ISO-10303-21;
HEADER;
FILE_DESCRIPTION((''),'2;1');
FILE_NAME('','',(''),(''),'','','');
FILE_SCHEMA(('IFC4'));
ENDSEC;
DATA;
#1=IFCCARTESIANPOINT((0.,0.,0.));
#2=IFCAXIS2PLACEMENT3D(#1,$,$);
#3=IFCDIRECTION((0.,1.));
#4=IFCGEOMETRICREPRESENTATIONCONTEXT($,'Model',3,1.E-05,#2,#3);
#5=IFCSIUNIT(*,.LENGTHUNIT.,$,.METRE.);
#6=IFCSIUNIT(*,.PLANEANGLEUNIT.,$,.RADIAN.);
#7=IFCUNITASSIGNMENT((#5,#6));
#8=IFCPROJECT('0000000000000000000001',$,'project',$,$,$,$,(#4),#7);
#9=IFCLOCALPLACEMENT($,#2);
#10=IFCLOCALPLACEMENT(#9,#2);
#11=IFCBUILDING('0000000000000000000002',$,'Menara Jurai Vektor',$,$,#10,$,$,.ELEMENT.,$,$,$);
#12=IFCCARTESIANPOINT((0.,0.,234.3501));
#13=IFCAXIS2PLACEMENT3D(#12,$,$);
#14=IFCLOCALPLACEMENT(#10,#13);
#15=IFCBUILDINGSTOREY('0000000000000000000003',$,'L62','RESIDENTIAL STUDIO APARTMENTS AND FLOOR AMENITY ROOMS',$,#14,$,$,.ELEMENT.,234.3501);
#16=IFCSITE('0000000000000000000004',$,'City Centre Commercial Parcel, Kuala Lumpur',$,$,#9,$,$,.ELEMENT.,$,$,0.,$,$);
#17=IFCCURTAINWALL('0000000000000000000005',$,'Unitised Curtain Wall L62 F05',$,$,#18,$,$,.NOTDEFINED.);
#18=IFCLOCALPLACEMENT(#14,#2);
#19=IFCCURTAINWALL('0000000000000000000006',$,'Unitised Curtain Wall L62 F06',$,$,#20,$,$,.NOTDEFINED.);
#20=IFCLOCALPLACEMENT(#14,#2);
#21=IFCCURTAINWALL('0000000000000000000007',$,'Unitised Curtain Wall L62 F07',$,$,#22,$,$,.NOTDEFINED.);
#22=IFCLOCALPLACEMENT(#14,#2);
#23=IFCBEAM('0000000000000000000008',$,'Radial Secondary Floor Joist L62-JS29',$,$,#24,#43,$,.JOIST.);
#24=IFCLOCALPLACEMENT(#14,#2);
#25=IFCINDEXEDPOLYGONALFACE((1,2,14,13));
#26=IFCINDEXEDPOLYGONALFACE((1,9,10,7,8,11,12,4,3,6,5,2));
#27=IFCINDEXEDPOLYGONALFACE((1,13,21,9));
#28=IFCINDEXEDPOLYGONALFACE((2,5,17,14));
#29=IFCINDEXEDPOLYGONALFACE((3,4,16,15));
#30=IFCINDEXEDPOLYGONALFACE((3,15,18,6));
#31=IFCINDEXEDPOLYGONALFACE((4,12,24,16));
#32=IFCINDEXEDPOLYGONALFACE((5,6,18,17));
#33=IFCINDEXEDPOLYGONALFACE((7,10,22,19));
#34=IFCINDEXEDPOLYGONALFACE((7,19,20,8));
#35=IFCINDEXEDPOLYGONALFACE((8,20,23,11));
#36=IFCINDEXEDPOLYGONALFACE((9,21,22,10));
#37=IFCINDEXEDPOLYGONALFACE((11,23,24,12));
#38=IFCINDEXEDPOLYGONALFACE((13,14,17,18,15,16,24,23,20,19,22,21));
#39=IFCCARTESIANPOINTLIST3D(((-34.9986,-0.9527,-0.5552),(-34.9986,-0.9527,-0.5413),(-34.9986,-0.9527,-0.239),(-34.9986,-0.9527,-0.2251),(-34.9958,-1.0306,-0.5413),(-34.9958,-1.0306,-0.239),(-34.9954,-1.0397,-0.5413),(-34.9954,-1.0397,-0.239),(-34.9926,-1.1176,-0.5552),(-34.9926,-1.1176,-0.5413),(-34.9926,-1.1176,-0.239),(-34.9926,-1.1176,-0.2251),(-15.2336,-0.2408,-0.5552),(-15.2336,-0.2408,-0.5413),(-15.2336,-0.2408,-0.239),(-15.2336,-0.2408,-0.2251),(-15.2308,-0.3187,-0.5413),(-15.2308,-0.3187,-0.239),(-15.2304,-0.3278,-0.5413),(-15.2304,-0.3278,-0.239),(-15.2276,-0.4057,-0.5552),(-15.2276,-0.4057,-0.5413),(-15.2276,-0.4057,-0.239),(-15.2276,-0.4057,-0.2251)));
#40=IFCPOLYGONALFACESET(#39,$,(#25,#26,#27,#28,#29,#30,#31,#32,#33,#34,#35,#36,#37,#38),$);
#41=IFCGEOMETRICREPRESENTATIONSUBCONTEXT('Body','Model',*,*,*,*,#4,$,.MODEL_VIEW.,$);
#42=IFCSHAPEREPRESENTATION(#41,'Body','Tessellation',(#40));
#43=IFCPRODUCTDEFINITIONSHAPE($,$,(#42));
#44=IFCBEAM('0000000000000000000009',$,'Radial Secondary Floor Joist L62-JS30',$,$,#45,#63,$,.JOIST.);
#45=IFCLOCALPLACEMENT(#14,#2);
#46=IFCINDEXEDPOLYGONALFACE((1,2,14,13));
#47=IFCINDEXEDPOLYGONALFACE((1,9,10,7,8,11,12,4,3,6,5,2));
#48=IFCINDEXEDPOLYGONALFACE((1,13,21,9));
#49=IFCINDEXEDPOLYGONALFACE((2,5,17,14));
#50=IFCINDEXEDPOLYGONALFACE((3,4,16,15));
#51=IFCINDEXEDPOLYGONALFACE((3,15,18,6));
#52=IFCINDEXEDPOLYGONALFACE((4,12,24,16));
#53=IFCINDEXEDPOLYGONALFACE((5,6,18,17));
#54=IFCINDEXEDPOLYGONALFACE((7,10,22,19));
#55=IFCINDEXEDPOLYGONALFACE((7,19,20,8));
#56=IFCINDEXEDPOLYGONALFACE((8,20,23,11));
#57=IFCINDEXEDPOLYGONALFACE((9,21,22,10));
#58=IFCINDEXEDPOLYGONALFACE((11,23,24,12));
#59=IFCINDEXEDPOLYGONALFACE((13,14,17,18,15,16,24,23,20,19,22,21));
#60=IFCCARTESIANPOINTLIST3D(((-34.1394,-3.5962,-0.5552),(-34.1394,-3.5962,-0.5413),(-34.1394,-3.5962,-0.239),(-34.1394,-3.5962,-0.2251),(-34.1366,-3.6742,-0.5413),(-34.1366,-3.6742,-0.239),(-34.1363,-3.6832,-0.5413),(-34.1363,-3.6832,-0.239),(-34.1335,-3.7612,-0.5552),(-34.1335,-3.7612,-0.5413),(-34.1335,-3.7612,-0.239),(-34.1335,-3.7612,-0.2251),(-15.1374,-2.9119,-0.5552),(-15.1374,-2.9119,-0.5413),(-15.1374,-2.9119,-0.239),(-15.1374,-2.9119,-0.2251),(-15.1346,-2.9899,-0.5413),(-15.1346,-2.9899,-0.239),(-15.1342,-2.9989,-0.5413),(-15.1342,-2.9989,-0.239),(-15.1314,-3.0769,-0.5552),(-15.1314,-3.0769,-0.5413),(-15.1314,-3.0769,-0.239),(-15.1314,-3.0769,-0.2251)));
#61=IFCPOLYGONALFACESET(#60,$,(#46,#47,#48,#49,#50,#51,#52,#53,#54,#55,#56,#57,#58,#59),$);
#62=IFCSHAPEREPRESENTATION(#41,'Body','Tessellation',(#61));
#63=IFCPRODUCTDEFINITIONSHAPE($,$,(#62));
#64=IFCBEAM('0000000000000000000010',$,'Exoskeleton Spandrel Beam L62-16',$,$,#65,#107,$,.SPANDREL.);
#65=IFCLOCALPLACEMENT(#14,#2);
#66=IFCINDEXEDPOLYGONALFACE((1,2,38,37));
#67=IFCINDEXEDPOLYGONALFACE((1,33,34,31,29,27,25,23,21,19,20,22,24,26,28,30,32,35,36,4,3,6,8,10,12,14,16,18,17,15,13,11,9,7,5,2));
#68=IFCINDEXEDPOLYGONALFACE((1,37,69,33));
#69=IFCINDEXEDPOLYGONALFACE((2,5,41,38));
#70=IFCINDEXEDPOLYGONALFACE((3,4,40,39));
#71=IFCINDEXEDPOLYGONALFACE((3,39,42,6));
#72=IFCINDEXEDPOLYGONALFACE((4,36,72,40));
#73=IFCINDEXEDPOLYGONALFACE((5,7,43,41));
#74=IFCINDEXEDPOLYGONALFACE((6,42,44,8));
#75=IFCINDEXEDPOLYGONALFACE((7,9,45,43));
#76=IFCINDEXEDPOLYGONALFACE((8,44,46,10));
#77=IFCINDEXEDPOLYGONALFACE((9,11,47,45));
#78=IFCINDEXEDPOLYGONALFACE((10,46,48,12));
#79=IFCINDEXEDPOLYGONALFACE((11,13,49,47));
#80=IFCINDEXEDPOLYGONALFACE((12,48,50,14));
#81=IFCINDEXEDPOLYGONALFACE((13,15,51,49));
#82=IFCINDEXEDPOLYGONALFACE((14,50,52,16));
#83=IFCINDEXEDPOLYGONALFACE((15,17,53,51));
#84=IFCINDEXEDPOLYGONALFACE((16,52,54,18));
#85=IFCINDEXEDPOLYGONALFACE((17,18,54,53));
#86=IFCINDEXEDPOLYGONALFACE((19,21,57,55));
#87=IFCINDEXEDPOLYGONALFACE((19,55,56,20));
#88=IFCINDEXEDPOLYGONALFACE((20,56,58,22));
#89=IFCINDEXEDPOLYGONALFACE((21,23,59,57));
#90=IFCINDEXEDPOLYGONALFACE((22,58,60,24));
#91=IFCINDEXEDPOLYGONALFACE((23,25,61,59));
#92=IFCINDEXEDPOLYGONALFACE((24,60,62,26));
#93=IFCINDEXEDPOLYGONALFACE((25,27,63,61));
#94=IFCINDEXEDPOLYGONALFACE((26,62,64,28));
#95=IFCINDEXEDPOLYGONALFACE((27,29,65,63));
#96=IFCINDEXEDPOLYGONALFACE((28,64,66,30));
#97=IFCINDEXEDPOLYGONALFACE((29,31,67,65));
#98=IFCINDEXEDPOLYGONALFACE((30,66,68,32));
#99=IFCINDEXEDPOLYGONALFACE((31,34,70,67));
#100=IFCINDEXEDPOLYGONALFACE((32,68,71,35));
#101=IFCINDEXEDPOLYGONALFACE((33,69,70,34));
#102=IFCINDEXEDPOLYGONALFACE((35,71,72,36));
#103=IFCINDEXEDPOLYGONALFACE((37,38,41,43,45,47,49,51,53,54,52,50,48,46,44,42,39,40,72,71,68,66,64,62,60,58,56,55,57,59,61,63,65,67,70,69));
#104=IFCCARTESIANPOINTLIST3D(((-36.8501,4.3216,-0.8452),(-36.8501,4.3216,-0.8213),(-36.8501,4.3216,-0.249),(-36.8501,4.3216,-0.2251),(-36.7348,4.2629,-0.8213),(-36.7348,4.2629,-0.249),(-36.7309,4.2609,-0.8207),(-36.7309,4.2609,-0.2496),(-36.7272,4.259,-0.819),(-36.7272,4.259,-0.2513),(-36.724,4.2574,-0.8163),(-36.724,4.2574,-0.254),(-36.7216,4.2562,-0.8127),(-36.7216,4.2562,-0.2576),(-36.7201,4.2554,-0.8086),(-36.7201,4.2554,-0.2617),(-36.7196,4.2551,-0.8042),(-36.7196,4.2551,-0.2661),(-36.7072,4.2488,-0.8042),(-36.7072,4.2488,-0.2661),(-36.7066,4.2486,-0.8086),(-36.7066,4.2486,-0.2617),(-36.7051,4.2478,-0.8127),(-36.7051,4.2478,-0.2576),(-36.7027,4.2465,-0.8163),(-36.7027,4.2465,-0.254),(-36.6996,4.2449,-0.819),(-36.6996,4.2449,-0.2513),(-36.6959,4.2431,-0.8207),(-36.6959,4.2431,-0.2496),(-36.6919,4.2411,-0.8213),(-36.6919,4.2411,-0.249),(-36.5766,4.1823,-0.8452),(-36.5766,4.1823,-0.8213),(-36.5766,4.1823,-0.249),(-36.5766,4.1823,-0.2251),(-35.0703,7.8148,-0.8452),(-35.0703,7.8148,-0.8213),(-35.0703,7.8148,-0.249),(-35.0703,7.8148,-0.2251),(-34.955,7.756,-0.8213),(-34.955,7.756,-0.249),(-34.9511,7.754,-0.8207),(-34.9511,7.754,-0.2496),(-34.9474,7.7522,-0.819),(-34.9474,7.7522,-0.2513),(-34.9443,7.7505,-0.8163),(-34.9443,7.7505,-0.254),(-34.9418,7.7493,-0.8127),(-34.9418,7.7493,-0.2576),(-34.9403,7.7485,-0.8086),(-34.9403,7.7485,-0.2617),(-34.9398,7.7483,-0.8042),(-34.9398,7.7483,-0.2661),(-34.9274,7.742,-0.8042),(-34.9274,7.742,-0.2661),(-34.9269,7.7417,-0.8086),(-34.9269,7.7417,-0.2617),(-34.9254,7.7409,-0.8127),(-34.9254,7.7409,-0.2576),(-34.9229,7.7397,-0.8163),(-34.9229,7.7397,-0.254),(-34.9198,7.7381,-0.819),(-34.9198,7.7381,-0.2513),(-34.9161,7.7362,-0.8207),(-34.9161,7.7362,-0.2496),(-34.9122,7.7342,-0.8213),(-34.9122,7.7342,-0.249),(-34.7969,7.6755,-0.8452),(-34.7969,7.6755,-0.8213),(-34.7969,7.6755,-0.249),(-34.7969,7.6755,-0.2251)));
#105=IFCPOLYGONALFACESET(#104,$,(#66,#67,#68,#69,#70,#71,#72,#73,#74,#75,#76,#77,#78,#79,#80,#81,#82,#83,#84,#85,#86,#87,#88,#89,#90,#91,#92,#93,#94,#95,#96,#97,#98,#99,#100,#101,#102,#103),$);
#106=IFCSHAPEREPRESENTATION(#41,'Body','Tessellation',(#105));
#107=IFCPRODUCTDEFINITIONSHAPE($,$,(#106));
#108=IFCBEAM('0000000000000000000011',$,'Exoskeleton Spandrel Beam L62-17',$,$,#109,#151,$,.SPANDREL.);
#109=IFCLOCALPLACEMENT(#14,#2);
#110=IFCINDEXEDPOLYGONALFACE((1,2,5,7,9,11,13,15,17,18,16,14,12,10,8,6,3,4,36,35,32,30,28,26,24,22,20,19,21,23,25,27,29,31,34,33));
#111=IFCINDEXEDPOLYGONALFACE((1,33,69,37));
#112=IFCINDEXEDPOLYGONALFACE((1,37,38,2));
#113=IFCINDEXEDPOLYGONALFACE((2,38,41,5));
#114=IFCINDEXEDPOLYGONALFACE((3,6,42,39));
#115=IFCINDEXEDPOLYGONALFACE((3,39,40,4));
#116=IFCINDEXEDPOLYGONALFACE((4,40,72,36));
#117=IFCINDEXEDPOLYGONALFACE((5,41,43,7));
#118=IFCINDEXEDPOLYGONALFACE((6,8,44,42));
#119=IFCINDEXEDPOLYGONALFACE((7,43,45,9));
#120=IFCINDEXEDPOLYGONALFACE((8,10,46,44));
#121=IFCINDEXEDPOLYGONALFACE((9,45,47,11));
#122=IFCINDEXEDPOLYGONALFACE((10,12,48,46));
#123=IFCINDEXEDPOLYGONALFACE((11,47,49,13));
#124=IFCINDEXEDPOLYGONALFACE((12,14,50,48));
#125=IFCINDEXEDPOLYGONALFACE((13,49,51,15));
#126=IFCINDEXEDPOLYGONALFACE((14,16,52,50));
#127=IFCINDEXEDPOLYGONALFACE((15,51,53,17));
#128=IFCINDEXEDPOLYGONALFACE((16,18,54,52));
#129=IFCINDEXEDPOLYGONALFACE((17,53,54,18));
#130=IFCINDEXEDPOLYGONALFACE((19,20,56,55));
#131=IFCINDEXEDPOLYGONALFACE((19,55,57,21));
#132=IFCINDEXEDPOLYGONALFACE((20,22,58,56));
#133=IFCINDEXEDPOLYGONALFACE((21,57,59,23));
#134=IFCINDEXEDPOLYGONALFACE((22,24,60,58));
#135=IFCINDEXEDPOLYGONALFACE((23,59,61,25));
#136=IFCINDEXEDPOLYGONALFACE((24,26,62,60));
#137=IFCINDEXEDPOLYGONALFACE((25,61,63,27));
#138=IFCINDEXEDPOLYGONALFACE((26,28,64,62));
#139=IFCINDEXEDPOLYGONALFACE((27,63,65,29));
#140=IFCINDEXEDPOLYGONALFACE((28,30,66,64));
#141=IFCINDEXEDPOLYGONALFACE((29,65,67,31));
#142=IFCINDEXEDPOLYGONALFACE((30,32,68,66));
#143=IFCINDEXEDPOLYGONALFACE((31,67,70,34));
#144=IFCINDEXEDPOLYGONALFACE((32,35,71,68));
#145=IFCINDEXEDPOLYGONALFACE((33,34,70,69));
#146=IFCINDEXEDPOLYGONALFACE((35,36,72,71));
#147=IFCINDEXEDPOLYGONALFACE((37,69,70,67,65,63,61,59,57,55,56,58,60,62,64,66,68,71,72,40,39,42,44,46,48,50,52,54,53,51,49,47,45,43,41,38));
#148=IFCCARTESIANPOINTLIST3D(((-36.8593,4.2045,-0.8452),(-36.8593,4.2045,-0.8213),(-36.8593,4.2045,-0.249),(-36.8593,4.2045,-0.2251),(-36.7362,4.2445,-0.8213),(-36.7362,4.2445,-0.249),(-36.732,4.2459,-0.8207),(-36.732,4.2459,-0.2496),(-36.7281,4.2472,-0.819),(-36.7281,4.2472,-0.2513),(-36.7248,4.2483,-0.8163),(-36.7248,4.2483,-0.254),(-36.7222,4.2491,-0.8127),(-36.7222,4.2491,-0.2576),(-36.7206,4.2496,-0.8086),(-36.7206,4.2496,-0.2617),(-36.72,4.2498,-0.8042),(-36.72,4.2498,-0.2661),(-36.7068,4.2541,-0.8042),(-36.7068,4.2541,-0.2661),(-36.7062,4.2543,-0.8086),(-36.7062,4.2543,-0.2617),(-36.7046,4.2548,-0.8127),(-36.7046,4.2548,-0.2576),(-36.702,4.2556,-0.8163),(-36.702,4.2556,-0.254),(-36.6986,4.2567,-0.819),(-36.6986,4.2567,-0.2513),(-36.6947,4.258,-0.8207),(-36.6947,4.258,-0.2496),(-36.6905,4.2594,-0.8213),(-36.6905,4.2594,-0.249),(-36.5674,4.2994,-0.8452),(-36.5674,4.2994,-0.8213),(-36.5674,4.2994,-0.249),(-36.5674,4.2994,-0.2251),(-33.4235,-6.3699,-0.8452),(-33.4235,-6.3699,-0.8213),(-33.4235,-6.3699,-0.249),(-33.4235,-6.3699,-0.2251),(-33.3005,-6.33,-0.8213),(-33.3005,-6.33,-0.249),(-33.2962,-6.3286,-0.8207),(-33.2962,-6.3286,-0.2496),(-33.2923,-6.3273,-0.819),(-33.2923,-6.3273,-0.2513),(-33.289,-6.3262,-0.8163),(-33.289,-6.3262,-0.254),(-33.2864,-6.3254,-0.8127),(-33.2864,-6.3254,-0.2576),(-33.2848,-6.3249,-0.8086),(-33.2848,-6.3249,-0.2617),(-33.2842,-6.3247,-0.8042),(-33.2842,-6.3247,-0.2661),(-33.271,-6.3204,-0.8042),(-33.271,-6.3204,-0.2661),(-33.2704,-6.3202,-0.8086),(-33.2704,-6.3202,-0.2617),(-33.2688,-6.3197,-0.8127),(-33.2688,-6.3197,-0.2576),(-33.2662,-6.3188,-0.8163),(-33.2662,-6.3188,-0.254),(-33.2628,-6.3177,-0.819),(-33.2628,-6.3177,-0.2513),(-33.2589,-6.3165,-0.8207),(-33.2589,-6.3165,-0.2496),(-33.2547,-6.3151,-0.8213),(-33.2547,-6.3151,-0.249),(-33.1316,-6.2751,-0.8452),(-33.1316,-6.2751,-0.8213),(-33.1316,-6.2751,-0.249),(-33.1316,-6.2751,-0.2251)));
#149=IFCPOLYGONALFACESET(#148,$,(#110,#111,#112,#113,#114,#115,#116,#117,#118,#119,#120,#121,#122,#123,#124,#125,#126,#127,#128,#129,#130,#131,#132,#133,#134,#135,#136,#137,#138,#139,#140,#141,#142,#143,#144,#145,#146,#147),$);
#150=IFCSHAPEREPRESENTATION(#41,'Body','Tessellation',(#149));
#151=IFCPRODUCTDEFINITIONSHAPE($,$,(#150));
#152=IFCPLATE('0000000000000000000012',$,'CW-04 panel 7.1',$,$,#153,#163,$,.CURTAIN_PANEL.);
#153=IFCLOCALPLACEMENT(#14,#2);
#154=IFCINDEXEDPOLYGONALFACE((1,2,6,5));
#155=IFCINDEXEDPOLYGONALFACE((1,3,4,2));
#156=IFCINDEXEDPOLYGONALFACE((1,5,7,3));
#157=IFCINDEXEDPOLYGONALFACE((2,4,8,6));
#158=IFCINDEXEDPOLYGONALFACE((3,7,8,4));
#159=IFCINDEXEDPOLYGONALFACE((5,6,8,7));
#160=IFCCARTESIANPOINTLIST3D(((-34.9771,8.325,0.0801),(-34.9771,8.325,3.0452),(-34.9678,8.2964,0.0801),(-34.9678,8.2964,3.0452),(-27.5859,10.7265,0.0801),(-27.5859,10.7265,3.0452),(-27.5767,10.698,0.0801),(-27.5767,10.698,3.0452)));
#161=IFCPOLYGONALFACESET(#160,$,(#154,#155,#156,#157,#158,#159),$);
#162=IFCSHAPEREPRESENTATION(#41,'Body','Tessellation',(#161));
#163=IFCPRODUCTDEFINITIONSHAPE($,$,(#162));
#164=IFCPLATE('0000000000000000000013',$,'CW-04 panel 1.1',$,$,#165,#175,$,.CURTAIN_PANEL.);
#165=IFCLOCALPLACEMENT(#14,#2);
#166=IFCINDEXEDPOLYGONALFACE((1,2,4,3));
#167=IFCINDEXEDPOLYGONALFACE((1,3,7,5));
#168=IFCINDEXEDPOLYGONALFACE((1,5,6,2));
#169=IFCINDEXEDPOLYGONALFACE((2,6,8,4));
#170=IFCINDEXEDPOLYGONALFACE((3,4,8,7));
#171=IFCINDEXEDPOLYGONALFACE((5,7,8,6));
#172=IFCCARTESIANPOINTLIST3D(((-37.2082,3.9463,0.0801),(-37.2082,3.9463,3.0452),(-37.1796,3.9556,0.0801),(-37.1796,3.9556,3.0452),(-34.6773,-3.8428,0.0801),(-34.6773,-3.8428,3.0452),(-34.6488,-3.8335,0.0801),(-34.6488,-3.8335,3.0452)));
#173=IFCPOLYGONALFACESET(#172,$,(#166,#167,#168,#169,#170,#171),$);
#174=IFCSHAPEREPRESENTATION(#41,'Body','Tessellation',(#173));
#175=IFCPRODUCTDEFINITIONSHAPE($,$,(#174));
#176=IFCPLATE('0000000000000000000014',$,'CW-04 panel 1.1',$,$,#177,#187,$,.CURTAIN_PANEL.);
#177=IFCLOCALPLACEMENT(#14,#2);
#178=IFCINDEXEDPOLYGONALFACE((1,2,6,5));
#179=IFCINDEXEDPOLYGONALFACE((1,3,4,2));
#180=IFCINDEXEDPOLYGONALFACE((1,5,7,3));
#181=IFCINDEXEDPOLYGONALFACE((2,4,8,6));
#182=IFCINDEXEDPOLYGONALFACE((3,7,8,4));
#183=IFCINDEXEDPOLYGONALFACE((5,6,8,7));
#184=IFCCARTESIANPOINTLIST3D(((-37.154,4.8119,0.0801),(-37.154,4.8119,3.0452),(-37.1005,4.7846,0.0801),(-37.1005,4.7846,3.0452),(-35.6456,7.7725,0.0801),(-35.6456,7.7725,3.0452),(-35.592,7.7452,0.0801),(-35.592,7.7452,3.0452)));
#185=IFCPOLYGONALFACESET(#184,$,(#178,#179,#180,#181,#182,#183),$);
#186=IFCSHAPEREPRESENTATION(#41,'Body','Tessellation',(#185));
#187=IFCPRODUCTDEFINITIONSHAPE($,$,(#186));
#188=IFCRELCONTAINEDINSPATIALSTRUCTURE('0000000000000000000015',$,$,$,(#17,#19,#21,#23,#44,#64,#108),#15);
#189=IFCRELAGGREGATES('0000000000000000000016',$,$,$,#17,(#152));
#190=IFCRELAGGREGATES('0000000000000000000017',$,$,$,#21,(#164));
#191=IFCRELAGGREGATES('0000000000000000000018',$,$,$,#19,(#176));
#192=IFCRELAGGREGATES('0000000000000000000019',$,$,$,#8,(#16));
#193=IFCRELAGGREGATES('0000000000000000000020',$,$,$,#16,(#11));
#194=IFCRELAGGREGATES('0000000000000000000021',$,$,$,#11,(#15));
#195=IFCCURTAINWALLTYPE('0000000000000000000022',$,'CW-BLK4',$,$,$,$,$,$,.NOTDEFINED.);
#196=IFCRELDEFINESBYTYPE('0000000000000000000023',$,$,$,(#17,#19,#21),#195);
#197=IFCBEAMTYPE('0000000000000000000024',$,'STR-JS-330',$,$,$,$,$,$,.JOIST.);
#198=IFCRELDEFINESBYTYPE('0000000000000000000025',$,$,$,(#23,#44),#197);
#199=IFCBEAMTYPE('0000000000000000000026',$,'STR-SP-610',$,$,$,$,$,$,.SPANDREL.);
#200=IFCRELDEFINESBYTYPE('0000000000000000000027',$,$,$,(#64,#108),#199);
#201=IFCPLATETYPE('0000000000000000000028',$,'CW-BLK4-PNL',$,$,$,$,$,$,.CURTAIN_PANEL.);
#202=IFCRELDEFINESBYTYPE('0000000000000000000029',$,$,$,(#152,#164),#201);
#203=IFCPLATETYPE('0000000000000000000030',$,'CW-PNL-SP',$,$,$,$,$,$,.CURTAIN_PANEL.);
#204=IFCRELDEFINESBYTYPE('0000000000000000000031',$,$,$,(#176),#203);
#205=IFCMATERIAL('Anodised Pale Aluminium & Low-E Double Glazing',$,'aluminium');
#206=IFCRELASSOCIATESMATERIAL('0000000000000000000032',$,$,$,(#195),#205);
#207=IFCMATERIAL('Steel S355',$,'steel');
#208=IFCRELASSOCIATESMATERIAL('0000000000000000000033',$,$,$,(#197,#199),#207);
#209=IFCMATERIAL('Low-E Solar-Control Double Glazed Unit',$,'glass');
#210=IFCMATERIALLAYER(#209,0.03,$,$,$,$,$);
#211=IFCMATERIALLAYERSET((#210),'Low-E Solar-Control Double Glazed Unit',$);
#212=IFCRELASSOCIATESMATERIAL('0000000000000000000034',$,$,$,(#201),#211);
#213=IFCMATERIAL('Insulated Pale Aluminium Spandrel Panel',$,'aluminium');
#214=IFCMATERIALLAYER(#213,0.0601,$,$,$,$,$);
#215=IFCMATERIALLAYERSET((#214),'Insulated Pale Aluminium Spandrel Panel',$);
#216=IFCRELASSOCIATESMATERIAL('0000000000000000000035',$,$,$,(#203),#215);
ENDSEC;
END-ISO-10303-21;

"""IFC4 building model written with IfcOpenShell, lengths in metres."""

from ifc_helpers import new_model, si_unit, direction, frame, origin, origin_2d, place, context, subcontext, project, spatial, rectangle, i_section, extrude, material, layer, layer_set, material_profile, profile_set, type_object, element, aggregate, save


model = new_model("IFC4")

# Units and contexts
model_context = context("Model", 3, precision=1e-05, world=origin(), true_north=direction((0.0, 1.0)))
body_context = subcontext(model_context, "Body", "Model", "MODEL_VIEW")
ifc_project = project(units=[si_unit("LENGTHUNIT", "METRE"), si_unit("PLANEANGLEUNIT", "RADIAN")], contexts=[model_context])

# Site, building, storey
site_placement = place(None, origin())
site = spatial("IfcSite", under=ifc_project, at=site_placement, Name="City Centre Commercial Parcel, Kuala Lumpur", CompositionType="ELEMENT", RefElevation=0.0)
building_placement = place(site_placement, origin())
building = spatial("IfcBuilding", under=site, at=building_placement, Name="Menara Jurai Vektor", CompositionType="ELEMENT")
storey_placement = place(building_placement, frame((0.0, 0.0, 234.3501)))
storey = spatial("IfcBuildingStorey", under=building, at=storey_placement, Name="L62", Description="RESIDENTIAL STUDIO APARTMENTS AND FLOOR AMENITY ROOMS", CompositionType="ELEMENT", Elevation=234.3501)

# Curtain wall
ifc_material_1 = material(Name="Anodised Pale Aluminium & Low-E Double Glazing", Category="aluminium")
curtain_wall_type = type_object("IfcCurtainWallType", Name="CW-BLK4", PredefinedType="NOTDEFINED", material=ifc_material_1)
curtain_wall_1_placement = place(storey_placement, origin())
curtain_wall_1 = element("IfcCurtainWall", 1, at=curtain_wall_1_placement, inside=storey, type_object=curtain_wall_type, Name="Unitised Curtain Wall L62 F05", PredefinedType="NOTDEFINED")

# Curtain wall
curtain_wall_2_placement = place(storey_placement, origin())
curtain_wall_2 = element("IfcCurtainWall", 2, at=curtain_wall_2_placement, inside=storey, type_object=curtain_wall_type, Name="Unitised Curtain Wall L62 F06", PredefinedType="NOTDEFINED")

# Curtain wall
curtain_wall_3_placement = place(storey_placement, origin())
curtain_wall_3 = element("IfcCurtainWall", 3, at=curtain_wall_3_placement, inside=storey, type_object=curtain_wall_type, Name="Unitised Curtain Wall L62 F07", PredefinedType="NOTDEFINED")

# Shared definitions
ifc_material_2 = material(Name="Steel S355", Category="steel")

# Beams
ifc_material_profile_1 = material_profile(ifc_material_2, i_section(OverallWidth=0.165, OverallDepth=0.3301, WebThickness=0.009, FlangeThickness=0.0139, at=origin_2d()), Name="PG 330x165x46")
ifc_profile_set_1 = profile_set([ifc_material_profile_1], Name="Steel S355")
beam_type_1 = type_object("IfcBeamType", Name="STR-JS-330", PredefinedType="JOIST", material=ifc_profile_set_1)
beam_1_placement = place(storey_placement, frame((-34.9956, -1.0352, -0.3901), z_axis=(0.999352, 0.035995, 0.0), x_axis=(-0.035995, 0.999352, 0.0)))
element("IfcBeam", 4, at=beam_1_placement, inside=storey, type_object=beam_type_1, Name="Radial Secondary Floor Joist L62-JS29", PredefinedType="JOIST", context=body_context, shape_type="SweptSolid", body=[
    extrude(i_section(OverallWidth=0.165, OverallDepth=0.3301, WebThickness=0.009, FlangeThickness=0.0139, at=origin_2d()), origin(), (0.0, 0.0, 1.0), 19.7778),
])
beam_2_placement = place(storey_placement, frame((-34.1365, -3.6787, -0.3901), z_axis=(0.999352, 0.03599, 0.0), x_axis=(-0.03599, 0.999352, 0.0)))
element("IfcBeam", 5, at=beam_2_placement, inside=storey, type_object=beam_type_1, Name="Radial Secondary Floor Joist L62-JS30", PredefinedType="JOIST", context=body_context, shape_type="SweptSolid", body=[
    extrude(i_section(OverallWidth=0.165, OverallDepth=0.3301, WebThickness=0.009, FlangeThickness=0.0139, at=origin_2d()), origin(), (0.0, 0.0, 1.0), 19.0144),
])
ifc_material_profile_2 = material_profile(ifc_material_2, i_section(OverallWidth=0.3069, OverallDepth=0.6201, WebThickness=0.0139, FlangeThickness=0.0239, FilletRadius=0.0171, at=origin_2d()), Name="UKB 610x305x179")
ifc_profile_set_2 = profile_set([ifc_material_profile_2], Name="Steel S355")
beam_type_2 = type_object("IfcBeamType", Name="STR-SP-610", PredefinedType="SPANDREL", material=ifc_profile_set_2)
beam_3_placement = place(storey_placement, frame((-34.9336, 7.7451, -0.5352), z_axis=(-0.453976, -0.891014, 0.0), x_axis=(0.891014, -0.453976, 0.0)))
element("IfcBeam", 6, at=beam_3_placement, inside=storey, type_object=beam_type_2, Name="Exoskeleton Spandrel Beam L62-16", PredefinedType="SPANDREL", context=body_context, shape_type="SweptSolid", body=[
    extrude(i_section(OverallWidth=0.3069, OverallDepth=0.6201, WebThickness=0.0139, FlangeThickness=0.0239, FilletRadius=0.0171, at=origin_2d()), origin(), (0.0, 0.0, 1.0), 3.9204),
])
beam_4_placement = place(storey_placement, frame((-36.7134, 4.252, -0.5352), z_axis=(0.309012, -0.951058, 0.0), x_axis=(0.951058, 0.309012, 0.0)))
element("IfcBeam", 7, at=beam_4_placement, inside=storey, type_object=beam_type_2, Name="Exoskeleton Spandrel Beam L62-17", PredefinedType="SPANDREL", context=body_context, shape_type="SweptSolid", body=[
    extrude(i_section(OverallWidth=0.3069, OverallDepth=0.6201, WebThickness=0.0139, FlangeThickness=0.0239, FilletRadius=0.0171, at=origin_2d()), origin(), (0.0, 0.0, 1.0), 11.1187),
])

# Plates
ifc_material_3 = material(Name="Low-E Solar-Control Double Glazed Unit", Category="glass")
ifc_layer_1 = layer(ifc_material_3, 0.03)
ifc_layer_set_1 = layer_set([ifc_layer_1], Name="Low-E Solar-Control Double Glazed Unit")
plate_type_1 = type_object("IfcPlateType", Name="CW-BLK4-PNL", PredefinedType="CURTAIN_PANEL", material=ifc_layer_set_1)
plate_1_placement = place(storey_placement, frame((-31.2769, 9.5115, 0.0801), z_axis=(0.0, 0.0, 1.0), x_axis=(-0.951056, -0.309017, 0.0)))
plate_1 = element("IfcPlate", 8, at=plate_1_placement, type_object=plate_type_1, Name="CW-04 panel 7.1", PredefinedType="CURTAIN_PANEL", context=body_context, shape_type="SweptSolid", body=[
    extrude(rectangle(XDim=7.7715, YDim=0.03, at=origin_2d()), origin(), (0.0, 0.0, 1.0), 2.9651),
])
aggregate(curtain_wall_1, [plate_1])
plate_2_placement = place(storey_placement, frame((-35.9285, 0.0564, 0.0801), z_axis=(0.0, 0.0, 1.0), x_axis=(0.309016, -0.951057, 0.0)))
plate_2 = element("IfcPlate", 9, at=plate_2_placement, type_object=plate_type_1, Name="CW-04 panel 1.1", PredefinedType="CURTAIN_PANEL", context=body_context, shape_type="SweptSolid", body=[
    extrude(rectangle(XDim=8.1899, YDim=0.03, at=origin_2d()), origin(), (0.0, 0.0, 1.0), 2.9651),
])
aggregate(curtain_wall_3, [plate_2])
ifc_material_4 = material(Name="Insulated Pale Aluminium Spandrel Panel", Category="aluminium")
ifc_layer_2 = layer(ifc_material_4, 0.0601)
ifc_layer_set_2 = layer_set([ifc_layer_2], Name="Insulated Pale Aluminium Spandrel Panel")
plate_type_2 = type_object("IfcPlateType", Name="CW-PNL-SP", PredefinedType="CURTAIN_PANEL", material=ifc_layer_set_2)
plate_3_placement = place(storey_placement, frame((-36.373, 6.2786, 0.0801), z_axis=(0.0, 0.0, 1.0), x_axis=(-0.453989, -0.891008, 0.0)))
plate_3 = element("IfcPlate", 10, at=plate_3_placement, type_object=plate_type_2, Name="CW-04 panel 1.1", PredefinedType="CURTAIN_PANEL", context=body_context, shape_type="SweptSolid", body=[
    extrude(rectangle(XDim=3.3228, YDim=0.0601, at=origin_2d()), origin(), (0.0, 0.0, 1.0), 2.9651),
])
aggregate(curtain_wall_2, [plate_3])

save(model, "model.ifc")
